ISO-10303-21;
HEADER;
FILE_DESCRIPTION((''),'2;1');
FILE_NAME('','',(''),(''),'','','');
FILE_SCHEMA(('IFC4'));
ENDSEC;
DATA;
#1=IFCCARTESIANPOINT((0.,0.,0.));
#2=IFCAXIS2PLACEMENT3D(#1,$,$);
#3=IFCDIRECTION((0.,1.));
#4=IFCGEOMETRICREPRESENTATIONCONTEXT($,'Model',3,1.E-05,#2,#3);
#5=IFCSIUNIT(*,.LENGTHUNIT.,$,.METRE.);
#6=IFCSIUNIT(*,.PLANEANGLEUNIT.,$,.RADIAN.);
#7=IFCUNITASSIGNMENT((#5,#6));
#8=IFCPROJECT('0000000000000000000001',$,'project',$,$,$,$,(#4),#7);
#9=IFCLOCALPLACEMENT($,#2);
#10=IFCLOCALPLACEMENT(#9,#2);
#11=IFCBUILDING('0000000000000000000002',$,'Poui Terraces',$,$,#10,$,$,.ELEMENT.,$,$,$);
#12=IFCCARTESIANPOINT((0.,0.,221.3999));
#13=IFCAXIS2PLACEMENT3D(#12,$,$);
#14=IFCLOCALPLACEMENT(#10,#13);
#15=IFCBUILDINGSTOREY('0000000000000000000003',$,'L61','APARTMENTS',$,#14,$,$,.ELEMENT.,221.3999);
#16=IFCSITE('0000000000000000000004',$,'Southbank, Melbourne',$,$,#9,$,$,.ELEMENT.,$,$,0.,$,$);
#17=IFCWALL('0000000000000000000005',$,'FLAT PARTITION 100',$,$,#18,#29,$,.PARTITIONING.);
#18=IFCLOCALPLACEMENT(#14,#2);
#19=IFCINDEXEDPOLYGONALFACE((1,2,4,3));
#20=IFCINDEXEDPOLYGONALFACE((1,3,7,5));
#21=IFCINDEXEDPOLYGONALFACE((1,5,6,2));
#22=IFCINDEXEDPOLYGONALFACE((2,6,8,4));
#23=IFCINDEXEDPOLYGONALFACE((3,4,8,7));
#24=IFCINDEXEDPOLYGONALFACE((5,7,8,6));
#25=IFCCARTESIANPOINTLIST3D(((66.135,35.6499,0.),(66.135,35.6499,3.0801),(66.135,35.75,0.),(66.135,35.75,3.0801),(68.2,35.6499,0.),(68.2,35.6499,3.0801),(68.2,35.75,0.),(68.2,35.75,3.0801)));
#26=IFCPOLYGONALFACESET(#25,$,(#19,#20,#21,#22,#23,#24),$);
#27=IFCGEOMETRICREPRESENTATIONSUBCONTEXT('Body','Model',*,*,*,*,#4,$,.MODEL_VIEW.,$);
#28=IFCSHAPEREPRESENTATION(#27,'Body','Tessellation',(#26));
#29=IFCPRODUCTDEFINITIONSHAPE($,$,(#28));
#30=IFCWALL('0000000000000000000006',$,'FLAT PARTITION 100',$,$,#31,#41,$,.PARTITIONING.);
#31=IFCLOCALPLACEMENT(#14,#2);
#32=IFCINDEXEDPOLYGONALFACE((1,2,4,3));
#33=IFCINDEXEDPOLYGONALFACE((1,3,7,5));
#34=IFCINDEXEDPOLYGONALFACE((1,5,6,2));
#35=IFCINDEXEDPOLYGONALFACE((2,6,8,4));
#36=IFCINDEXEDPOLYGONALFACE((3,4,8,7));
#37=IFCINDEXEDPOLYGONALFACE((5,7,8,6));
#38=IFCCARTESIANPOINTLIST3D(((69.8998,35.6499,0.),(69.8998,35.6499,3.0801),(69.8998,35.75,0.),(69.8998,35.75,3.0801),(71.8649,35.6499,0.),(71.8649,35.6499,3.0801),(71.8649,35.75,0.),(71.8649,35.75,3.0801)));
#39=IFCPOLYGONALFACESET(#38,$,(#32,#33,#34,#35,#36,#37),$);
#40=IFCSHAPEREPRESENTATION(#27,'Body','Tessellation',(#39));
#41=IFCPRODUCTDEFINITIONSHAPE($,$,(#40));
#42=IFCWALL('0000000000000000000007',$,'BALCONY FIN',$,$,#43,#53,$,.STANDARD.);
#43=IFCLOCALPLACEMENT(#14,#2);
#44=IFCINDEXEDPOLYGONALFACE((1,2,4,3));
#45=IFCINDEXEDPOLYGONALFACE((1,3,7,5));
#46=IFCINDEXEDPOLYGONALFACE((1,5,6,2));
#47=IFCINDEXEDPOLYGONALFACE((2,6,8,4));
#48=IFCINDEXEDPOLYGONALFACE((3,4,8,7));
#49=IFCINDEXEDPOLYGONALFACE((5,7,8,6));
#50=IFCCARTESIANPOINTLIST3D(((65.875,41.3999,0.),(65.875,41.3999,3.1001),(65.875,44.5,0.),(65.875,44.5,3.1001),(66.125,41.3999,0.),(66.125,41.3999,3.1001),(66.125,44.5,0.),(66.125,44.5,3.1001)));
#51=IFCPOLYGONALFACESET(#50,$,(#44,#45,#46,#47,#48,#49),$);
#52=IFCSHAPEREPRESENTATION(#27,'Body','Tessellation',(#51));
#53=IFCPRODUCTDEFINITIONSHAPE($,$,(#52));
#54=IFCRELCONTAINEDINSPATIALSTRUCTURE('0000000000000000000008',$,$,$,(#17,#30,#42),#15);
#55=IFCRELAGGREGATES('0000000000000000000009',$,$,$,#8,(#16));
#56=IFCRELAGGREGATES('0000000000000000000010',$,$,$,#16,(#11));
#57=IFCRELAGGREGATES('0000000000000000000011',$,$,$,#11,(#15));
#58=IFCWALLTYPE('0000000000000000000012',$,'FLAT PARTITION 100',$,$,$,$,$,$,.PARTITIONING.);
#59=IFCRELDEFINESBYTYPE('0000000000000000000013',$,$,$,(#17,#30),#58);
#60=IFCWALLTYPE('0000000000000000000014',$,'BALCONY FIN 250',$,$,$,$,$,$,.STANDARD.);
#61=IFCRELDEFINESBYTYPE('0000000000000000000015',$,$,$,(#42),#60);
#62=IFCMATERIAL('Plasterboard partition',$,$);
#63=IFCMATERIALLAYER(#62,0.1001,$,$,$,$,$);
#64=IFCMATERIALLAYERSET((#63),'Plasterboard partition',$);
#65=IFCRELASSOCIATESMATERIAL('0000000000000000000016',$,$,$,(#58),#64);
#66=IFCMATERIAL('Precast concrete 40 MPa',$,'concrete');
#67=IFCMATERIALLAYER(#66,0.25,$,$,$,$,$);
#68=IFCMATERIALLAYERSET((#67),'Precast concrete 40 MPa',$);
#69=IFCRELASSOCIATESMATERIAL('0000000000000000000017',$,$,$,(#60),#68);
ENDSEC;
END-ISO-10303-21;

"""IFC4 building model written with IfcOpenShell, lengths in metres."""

from ifc_helpers import new_model, si_unit, direction, frame, frame_2d, origin, place, context, subcontext, project, spatial, polyline, rectangle, outline, extrude, source, transform, mapped, material, layer, layer_set, type_object, element, save


model = new_model("IFC4")

# Units and contexts
model_context = context("Model", 3, precision=1e-05, world=origin(), true_north=direction((0.0, 1.0)))
body_context = subcontext(model_context, "Body", "Model", "MODEL_VIEW")
ifc_project = project(units=[si_unit("LENGTHUNIT", "METRE"), si_unit("PLANEANGLEUNIT", "RADIAN")], contexts=[model_context])

# Site, building, storey
site_placement = place(None, origin())
site = spatial("IfcSite", under=ifc_project, at=site_placement, Name="Southbank, Melbourne", CompositionType="ELEMENT", RefElevation=0.0)
building_placement = place(site_placement, origin())
building = spatial("IfcBuilding", under=site, at=building_placement, Name="Poui Terraces", CompositionType="ELEMENT")
storey_placement = place(building_placement, frame((0.0, 0.0, 221.3999)))
storey = spatial("IfcBuildingStorey", under=building, at=storey_placement, Name="L61", Description="APARTMENTS", CompositionType="ELEMENT", Elevation=221.3999)

# Walls
ifc_material_1 = material(Name="Plasterboard partition")
ifc_layer_1 = layer(ifc_material_1, 0.1001)
ifc_layer_set_1 = layer_set([ifc_layer_1], Name="Plasterboard partition")
wall_type_1 = type_object("IfcWallType", Name="FLAT PARTITION 100", PredefinedType="PARTITIONING", material=ifc_layer_set_1)
wall_1_placement = place(storey_placement, frame((66.135, 35.7, 0.0), z_axis=(0.0, 0.0, 1.0), x_axis=(1.0, 0.0, 0.0)))
element("IfcWall", 1, at=wall_1_placement, inside=storey, type_object=wall_type_1, Name="FLAT PARTITION 100", PredefinedType="PARTITIONING", context=body_context, shape_type="SweptSolid", body=[
    extrude(rectangle(XDim=2.0649, YDim=0.1001, at=frame_2d((1.0325, 0.0))), origin(), (0.0, 0.0, 1.0), 3.0801),
])
wall_2_placement = place(storey_placement, frame((69.8999, 35.7, 0.0), z_axis=(0.0, 0.0, 1.0), x_axis=(1.0, 0.0, 0.0)))
element("IfcWall", 2, at=wall_2_placement, inside=storey, type_object=wall_type_1, Name="FLAT PARTITION 100", PredefinedType="PARTITIONING", context=body_context, shape_type="SweptSolid", body=[
    extrude(rectangle(XDim=1.9651, YDim=0.1001, at=frame_2d((0.9824, 0.0))), origin(), (0.0, 0.0, 1.0), 3.0801),
])
ifc_material_2 = material(Name="Precast concrete 40 MPa", Category="concrete")
ifc_layer_2 = layer(ifc_material_2, 0.25)
ifc_layer_set_2 = layer_set([ifc_layer_2], Name="Precast concrete 40 MPa")
wall_type_2 = type_object("IfcWallType", Name="BALCONY FIN 250", PredefinedType="STANDARD", material=ifc_layer_set_2)
shared_shape_1 = source(origin(), body_context, "Body", "SweptSolid", [
    extrude(outline(polyline([(0.0, 0.0), (0.25, 0.0), (0.25, 3.1001), (0.0, 3.1001), (0.0, 0.0)])), origin(), (0.0, 0.0, 1.0), 3.1001),
])
wall_3_placement = place(storey_placement, frame((65.875, 41.3999, 0.0)))
element("IfcWall", 3, at=wall_3_placement, inside=storey, type_object=wall_type_2, Name="BALCONY FIN", PredefinedType="STANDARD", context=body_context, shape_type="MappedRepresentation", body=[
    mapped(shared_shape_1, transform((0.0, 0.0, 0.0))),
])

save(model, "model.ifc")
